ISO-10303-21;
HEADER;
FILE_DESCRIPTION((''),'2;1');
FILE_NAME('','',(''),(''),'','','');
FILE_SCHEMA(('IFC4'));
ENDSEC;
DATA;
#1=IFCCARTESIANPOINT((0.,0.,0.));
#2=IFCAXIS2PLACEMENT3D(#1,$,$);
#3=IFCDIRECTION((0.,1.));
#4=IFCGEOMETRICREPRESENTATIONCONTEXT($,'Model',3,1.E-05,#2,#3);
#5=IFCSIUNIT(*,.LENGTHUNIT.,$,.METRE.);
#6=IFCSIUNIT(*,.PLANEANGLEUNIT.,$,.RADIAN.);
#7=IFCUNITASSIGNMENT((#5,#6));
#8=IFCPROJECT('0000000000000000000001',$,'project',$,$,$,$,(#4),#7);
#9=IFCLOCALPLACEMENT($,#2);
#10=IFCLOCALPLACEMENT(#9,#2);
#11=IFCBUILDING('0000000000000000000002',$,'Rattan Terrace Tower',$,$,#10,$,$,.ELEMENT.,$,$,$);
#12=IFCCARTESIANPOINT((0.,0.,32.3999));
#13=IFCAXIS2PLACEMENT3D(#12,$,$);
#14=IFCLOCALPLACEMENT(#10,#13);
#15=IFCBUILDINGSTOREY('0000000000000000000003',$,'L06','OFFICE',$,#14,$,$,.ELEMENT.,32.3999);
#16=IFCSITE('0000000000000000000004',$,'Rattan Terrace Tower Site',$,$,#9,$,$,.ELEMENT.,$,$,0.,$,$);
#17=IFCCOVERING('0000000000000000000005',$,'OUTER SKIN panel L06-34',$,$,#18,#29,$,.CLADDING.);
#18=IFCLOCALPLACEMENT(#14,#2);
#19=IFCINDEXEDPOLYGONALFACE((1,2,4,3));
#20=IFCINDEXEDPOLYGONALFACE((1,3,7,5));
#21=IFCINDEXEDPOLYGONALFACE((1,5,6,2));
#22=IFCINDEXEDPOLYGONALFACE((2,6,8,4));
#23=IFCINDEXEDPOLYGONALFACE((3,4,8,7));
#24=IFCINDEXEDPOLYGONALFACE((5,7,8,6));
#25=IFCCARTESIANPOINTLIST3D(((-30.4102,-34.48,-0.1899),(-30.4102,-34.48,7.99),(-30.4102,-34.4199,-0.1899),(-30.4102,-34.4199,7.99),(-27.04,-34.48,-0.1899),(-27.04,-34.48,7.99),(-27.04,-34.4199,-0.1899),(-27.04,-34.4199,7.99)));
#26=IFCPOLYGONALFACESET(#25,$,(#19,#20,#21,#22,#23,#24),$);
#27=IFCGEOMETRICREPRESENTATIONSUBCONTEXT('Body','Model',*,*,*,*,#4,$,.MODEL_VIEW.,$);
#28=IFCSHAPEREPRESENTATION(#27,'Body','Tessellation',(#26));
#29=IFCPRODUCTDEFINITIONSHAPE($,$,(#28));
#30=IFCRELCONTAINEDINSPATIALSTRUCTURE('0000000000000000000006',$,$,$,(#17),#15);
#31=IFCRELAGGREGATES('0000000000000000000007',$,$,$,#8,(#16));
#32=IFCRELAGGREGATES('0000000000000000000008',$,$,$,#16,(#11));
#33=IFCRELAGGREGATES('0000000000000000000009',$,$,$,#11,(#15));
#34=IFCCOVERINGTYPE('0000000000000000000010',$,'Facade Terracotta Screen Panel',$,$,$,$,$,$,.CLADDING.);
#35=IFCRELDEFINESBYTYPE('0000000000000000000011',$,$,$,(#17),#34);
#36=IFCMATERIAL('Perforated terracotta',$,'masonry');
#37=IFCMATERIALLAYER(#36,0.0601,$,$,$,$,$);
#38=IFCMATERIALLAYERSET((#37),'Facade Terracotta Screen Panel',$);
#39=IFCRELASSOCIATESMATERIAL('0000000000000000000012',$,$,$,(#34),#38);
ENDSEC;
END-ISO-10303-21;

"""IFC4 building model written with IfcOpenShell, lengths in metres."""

from ifc_helpers import new_model, si_unit, direction, frame, origin, origin_2d, place, context, subcontext, project, spatial, rectangle, extrude, material, layer, layer_set, type_object, element, save


model = new_model("IFC4")

# Units and contexts
model_context = context("Model", 3, precision=1e-05, world=origin(), true_north=direction((0.0, 1.0)))
body_context = subcontext(model_context, "Body", "Model", "MODEL_VIEW")
ifc_project = project(units=[si_unit("LENGTHUNIT", "METRE"), si_unit("PLANEANGLEUNIT", "RADIAN")], contexts=[model_context])

# Site, building, storey
site_placement = place(None, origin())
site = spatial("IfcSite", under=ifc_project, at=site_placement, Name="Rattan Terrace Tower Site", CompositionType="ELEMENT", RefElevation=0.0)
building_placement = place(site_placement, origin())
building = spatial("IfcBuilding", under=site, at=building_placement, Name="Rattan Terrace Tower", CompositionType="ELEMENT")
storey_placement = place(building_placement, frame((0.0, 0.0, 32.3999)))
storey = spatial("IfcBuildingStorey", under=building, at=storey_placement, Name="L06", Description="OFFICE", CompositionType="ELEMENT", Elevation=32.3999)

# Covering
ifc_material_1 = material(Name="Perforated terracotta", Category="masonry")
ifc_layer_1 = layer(ifc_material_1, 0.0601)
ifc_layer_set_1 = layer_set([ifc_layer_1], Name="Facade Terracotta Screen Panel")
covering_type = type_object("IfcCoveringType", Name="Facade Terracotta Screen Panel", PredefinedType="CLADDING", material=ifc_layer_set_1)
covering_1_placement = place(storey_placement, frame((-28.7251, -34.45, -0.1899), z_axis=(0.0, 0.0, 1.0), x_axis=(1.0, 0.0, 0.0)))
element("IfcCovering", 1, at=covering_1_placement, inside=storey, type_object=covering_type, Name="OUTER SKIN panel L06-34", PredefinedType="CLADDING", context=body_context, shape_type="SweptSolid", body=[
    extrude(rectangle(XDim=3.3701, YDim=0.0601, at=origin_2d()), origin(), (0.0, 0.0, 1.0), 8.1799),
])

save(model, "model.ifc")
